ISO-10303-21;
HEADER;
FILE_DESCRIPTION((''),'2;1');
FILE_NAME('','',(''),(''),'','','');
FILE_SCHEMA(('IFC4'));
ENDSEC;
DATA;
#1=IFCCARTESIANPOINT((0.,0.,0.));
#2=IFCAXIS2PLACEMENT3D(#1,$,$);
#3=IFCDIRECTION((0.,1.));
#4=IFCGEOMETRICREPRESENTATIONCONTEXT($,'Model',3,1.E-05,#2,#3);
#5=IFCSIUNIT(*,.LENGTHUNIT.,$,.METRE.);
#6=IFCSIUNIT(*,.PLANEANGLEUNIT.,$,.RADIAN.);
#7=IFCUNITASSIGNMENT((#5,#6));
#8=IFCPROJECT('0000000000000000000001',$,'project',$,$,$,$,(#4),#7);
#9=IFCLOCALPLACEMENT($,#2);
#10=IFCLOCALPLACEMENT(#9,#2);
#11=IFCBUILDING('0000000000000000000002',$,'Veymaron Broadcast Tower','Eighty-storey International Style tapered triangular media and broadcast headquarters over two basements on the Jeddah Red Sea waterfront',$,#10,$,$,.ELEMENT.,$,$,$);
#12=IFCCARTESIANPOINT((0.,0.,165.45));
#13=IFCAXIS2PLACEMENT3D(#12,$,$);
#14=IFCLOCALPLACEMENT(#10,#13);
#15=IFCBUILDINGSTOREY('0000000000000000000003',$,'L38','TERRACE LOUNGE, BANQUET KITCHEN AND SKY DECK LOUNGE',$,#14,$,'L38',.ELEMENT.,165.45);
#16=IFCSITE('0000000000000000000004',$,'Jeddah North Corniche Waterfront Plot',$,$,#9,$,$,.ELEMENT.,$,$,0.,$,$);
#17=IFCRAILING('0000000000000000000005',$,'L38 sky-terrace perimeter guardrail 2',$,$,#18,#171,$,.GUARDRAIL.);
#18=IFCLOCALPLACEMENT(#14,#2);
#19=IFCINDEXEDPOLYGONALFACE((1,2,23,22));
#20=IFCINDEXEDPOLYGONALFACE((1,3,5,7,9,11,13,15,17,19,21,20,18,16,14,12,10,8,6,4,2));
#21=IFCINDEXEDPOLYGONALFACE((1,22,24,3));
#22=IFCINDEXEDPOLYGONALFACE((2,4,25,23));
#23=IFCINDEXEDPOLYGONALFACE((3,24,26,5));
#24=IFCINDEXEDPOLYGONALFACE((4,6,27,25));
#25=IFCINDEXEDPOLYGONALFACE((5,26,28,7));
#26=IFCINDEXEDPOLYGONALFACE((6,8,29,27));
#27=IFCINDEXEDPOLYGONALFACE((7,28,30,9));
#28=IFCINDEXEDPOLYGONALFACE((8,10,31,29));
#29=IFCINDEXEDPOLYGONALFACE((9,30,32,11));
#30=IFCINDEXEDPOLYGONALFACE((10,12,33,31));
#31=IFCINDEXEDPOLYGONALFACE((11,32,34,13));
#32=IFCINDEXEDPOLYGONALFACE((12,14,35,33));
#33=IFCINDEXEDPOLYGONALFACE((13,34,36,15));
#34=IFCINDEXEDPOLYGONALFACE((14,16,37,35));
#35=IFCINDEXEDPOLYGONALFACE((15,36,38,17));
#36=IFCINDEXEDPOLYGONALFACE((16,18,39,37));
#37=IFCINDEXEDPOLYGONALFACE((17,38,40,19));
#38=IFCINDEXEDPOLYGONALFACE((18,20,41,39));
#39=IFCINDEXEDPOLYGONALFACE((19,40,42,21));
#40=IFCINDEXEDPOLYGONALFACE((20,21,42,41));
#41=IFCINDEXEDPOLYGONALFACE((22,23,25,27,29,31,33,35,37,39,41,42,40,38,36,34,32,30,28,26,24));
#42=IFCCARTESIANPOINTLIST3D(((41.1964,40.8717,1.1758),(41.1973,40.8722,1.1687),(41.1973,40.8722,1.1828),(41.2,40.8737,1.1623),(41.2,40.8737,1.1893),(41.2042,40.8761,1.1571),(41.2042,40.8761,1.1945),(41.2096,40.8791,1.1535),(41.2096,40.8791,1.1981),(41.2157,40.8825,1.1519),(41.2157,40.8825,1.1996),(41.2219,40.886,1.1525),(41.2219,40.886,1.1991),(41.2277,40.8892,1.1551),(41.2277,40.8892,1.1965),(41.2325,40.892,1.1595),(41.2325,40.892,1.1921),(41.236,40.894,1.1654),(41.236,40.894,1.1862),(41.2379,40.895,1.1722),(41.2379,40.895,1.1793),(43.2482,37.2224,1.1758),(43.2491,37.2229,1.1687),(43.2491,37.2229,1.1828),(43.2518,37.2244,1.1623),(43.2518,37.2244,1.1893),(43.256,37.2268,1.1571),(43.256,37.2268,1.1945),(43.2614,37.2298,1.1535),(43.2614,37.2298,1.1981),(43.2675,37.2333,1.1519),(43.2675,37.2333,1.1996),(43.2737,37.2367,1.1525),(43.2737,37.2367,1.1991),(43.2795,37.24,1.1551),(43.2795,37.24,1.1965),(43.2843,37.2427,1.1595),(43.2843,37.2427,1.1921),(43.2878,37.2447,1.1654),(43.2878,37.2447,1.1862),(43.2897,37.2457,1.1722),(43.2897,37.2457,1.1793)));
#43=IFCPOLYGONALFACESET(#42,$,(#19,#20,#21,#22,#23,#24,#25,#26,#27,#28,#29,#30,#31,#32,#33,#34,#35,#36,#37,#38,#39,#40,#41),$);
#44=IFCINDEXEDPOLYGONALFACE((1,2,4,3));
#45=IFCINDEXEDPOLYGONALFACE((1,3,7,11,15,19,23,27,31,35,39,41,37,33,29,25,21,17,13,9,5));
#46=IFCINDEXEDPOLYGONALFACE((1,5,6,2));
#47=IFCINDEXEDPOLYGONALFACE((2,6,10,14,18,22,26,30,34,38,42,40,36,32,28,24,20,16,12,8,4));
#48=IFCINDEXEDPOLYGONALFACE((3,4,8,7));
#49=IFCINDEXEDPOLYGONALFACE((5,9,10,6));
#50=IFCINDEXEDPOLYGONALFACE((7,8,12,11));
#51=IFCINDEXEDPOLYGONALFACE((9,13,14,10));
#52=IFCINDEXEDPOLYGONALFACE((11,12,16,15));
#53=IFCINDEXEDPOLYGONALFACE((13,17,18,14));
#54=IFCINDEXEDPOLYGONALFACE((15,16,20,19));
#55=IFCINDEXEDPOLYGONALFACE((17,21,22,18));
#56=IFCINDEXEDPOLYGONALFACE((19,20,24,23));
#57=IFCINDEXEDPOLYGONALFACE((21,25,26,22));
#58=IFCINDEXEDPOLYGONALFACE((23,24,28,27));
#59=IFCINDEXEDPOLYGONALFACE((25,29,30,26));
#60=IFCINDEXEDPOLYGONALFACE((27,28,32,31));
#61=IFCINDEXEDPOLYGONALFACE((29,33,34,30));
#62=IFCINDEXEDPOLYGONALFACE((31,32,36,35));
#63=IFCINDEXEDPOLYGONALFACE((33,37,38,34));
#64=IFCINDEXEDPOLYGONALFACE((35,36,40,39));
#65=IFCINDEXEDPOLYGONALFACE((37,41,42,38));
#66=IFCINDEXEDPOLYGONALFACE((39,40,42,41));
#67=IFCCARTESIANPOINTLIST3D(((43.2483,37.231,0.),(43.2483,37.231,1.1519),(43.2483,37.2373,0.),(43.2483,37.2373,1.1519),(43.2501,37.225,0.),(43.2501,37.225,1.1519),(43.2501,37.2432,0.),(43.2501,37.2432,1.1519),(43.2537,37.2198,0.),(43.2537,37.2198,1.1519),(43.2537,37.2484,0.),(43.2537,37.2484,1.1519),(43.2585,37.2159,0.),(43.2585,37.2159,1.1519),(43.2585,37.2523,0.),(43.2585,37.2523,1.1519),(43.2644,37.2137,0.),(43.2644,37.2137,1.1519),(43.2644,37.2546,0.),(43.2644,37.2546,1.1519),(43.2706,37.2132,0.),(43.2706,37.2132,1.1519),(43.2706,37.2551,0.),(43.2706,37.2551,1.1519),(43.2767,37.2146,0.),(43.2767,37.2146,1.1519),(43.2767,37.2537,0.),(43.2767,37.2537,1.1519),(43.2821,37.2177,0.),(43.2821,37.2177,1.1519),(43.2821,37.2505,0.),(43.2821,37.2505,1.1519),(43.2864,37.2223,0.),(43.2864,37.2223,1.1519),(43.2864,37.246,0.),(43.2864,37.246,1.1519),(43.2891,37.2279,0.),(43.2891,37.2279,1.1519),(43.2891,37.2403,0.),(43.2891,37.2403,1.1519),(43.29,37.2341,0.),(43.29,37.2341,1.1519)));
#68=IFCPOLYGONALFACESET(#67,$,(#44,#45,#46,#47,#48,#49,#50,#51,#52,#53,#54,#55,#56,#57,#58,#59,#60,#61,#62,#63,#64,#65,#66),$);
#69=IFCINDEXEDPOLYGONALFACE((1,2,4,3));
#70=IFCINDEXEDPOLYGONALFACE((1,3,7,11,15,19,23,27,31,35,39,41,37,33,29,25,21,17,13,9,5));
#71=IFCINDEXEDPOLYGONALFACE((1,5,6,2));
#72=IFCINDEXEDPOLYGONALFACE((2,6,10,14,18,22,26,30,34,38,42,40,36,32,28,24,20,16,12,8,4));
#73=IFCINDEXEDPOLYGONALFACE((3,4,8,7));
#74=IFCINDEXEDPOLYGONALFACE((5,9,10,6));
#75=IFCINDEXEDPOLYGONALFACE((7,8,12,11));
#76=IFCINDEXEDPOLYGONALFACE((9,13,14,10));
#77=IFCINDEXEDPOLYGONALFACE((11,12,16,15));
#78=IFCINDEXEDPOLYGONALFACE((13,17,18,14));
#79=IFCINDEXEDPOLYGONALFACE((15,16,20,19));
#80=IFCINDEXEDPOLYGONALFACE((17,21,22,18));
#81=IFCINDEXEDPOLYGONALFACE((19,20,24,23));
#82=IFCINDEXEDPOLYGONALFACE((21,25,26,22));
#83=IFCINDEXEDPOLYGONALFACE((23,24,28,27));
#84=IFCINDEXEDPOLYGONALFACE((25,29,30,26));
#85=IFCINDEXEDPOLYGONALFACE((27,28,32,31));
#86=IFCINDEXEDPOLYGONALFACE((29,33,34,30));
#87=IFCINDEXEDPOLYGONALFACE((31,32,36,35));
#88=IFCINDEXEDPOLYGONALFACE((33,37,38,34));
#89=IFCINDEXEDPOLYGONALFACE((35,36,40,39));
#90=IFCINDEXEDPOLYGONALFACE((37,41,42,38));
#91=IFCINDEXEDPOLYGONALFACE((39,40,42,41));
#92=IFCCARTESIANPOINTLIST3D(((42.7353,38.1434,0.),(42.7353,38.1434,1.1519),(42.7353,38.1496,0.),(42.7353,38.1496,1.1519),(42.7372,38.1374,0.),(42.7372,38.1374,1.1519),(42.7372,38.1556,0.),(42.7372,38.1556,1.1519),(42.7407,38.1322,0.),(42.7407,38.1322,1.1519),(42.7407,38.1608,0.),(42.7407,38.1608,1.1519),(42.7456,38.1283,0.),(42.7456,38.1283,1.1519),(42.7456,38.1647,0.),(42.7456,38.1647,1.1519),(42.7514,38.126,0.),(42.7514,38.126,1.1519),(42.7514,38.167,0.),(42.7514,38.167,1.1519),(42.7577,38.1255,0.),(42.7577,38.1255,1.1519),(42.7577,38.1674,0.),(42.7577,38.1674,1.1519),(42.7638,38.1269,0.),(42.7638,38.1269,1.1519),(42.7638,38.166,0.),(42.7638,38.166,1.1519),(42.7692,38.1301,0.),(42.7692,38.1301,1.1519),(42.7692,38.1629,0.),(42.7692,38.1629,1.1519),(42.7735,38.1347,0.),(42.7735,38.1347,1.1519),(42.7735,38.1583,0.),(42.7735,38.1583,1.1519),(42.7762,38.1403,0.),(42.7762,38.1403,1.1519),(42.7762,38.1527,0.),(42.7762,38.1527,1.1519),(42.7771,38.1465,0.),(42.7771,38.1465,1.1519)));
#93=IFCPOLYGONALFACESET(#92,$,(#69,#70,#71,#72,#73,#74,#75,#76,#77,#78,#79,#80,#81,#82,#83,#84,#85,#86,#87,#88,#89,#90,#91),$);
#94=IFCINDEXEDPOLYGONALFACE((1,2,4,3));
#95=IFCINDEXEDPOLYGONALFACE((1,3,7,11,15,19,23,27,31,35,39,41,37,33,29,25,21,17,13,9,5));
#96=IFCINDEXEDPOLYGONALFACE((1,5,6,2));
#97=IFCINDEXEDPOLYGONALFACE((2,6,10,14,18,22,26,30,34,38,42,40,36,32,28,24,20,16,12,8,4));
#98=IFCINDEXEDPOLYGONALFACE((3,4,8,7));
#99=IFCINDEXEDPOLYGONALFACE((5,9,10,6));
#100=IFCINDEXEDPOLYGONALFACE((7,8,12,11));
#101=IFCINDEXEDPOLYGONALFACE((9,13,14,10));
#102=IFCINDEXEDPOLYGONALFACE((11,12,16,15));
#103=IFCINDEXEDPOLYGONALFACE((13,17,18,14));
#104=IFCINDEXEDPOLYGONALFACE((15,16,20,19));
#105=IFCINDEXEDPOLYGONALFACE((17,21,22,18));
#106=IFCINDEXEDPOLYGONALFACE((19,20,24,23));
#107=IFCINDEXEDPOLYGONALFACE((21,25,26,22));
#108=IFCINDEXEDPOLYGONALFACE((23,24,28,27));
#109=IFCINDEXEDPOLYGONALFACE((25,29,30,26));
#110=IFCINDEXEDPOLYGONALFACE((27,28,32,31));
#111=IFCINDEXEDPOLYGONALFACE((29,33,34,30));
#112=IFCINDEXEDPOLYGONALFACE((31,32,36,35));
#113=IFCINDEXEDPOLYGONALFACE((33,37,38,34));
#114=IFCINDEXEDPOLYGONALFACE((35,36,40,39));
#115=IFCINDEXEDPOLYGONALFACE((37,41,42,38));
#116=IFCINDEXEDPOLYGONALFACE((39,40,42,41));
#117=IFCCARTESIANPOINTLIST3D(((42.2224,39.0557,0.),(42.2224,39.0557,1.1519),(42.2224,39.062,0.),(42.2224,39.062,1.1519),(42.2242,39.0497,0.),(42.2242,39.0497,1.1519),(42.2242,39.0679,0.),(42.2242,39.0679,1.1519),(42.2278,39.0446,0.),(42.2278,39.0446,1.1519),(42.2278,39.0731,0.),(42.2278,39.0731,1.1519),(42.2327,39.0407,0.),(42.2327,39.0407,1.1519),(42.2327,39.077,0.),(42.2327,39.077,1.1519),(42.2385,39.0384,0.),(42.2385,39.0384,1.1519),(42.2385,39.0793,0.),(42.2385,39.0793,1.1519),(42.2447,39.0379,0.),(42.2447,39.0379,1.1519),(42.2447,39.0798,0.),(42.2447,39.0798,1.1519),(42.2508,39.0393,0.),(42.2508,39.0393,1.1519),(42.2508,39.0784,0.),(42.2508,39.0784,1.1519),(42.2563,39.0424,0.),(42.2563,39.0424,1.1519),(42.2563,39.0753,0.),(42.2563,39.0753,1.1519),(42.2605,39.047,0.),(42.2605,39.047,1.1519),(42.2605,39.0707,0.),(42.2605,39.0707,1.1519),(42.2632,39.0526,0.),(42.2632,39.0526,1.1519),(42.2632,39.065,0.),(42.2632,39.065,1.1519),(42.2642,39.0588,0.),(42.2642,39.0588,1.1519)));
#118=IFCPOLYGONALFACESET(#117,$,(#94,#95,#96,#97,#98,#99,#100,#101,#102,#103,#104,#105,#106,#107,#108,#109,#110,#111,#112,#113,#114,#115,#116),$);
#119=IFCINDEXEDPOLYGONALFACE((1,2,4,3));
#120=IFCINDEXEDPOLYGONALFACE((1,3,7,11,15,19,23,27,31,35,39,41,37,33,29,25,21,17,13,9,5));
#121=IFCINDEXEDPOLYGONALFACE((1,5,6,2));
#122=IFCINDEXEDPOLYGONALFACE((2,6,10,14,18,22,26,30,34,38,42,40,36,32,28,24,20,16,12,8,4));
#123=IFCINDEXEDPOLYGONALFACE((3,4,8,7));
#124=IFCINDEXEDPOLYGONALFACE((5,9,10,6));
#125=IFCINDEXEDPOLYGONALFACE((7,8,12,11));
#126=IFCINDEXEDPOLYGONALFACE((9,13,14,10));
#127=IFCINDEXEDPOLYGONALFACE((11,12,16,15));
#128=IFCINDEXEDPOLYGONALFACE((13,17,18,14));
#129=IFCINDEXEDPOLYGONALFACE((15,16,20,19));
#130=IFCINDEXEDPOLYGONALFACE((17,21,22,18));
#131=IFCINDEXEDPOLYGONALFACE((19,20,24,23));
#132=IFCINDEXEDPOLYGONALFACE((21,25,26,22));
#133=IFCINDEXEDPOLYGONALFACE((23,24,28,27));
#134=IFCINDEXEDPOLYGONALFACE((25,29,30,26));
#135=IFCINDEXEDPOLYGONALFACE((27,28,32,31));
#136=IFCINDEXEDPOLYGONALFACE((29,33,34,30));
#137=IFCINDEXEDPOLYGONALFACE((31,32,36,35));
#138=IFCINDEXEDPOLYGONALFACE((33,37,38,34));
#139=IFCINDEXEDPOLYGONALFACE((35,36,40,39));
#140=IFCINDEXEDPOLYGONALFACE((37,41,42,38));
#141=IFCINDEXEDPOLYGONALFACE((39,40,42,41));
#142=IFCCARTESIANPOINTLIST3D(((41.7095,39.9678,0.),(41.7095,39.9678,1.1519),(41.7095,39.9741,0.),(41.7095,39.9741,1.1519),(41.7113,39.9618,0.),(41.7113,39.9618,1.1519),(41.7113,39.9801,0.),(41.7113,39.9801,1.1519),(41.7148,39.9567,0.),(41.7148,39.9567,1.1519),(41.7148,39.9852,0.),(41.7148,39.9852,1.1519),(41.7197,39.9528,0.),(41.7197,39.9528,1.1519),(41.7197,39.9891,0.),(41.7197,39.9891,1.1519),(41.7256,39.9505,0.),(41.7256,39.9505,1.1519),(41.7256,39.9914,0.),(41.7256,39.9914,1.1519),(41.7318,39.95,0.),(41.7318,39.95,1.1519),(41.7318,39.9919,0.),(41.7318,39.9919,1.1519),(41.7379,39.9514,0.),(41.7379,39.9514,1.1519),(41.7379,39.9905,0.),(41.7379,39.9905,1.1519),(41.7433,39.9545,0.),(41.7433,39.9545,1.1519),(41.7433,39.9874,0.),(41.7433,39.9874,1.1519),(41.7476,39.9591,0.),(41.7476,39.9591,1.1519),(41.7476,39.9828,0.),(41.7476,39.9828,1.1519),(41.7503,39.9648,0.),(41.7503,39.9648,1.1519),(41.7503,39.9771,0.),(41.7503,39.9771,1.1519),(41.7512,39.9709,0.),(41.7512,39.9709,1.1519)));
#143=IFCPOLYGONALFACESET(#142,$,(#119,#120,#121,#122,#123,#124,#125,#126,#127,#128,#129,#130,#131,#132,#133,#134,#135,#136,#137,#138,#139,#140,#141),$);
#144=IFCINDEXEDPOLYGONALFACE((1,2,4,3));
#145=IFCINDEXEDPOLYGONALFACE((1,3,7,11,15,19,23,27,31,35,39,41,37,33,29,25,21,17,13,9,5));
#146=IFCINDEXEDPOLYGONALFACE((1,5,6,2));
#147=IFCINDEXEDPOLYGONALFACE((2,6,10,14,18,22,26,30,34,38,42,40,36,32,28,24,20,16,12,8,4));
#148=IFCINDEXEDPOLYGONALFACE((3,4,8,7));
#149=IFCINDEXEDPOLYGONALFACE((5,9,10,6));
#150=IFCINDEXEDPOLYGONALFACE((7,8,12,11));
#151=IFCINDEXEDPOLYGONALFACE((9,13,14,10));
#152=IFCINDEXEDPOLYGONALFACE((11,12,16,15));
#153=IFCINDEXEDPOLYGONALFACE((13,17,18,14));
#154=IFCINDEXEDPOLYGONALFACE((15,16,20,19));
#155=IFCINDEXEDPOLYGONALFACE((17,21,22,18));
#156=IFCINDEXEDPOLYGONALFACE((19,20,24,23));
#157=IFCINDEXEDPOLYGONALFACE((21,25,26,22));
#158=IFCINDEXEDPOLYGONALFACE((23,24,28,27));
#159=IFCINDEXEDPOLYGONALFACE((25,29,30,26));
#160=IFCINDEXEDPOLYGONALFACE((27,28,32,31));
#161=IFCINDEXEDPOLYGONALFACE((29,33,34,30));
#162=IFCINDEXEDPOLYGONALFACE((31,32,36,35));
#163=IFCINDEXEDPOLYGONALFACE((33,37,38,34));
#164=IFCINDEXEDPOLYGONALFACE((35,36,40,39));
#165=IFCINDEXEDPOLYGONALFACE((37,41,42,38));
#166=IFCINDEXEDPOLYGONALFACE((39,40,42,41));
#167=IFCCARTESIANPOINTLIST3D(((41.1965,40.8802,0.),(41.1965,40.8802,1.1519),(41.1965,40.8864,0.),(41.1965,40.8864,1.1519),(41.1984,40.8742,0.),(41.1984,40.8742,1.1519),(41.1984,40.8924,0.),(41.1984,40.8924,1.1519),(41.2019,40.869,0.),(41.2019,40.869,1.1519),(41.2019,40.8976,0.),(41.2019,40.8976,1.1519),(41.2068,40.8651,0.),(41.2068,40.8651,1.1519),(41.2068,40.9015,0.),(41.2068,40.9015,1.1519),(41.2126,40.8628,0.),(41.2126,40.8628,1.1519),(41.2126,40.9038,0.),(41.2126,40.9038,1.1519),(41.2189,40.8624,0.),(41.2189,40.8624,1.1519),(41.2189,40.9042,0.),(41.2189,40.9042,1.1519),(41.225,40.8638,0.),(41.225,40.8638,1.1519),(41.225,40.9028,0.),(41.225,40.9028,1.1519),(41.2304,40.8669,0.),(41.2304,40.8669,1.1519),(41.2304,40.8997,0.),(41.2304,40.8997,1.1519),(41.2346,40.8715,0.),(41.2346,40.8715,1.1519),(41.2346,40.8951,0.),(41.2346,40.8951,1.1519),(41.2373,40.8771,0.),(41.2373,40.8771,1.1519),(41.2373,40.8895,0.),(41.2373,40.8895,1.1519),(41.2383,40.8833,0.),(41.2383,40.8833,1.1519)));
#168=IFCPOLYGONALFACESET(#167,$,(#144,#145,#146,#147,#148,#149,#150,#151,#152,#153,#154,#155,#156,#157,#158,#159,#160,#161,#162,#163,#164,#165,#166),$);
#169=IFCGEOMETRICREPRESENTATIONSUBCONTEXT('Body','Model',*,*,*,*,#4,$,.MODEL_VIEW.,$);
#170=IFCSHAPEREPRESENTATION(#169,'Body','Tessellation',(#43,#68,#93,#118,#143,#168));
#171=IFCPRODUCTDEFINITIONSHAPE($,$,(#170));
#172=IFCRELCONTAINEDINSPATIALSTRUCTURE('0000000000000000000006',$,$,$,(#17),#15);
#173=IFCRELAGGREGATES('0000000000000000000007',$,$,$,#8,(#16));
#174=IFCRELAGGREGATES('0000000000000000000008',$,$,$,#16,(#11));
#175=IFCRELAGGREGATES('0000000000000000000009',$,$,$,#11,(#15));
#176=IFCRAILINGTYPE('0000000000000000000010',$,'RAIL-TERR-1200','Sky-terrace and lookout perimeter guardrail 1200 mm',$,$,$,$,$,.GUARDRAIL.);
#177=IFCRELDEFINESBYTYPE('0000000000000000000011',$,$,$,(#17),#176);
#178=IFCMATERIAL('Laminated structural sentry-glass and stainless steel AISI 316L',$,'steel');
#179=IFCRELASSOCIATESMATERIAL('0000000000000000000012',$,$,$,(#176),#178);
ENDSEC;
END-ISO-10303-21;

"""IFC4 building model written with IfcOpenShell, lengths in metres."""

from ifc_helpers import new_model, si_unit, direction, frame, origin, origin_2d, place, context, subcontext, project, spatial, circle, extrude, material, type_object, element, save


model = new_model("IFC4")

# Units and contexts
model_context = context("Model", 3, precision=1e-05, world=origin(), true_north=direction((0.0, 1.0)))
body_context = subcontext(model_context, "Body", "Model", "MODEL_VIEW")
ifc_project = project(units=[si_unit("LENGTHUNIT", "METRE"), si_unit("PLANEANGLEUNIT", "RADIAN")], contexts=[model_context])

# Site, building, storey
site_placement = place(None, origin())
site = spatial("IfcSite", under=ifc_project, at=site_placement, Name="Jeddah North Corniche Waterfront Plot", CompositionType="ELEMENT", RefElevation=0.0)
building_placement = place(site_placement, origin())
building = spatial("IfcBuilding", under=site, at=building_placement, Name="Veymaron Broadcast Tower", Description="Eighty-storey International Style tapered triangular media and broadcast headquarters over two basements on the Jeddah Red Sea waterfront", CompositionType="ELEMENT")
storey_placement = place(building_placement, frame((0.0, 0.0, 165.45)))
storey = spatial("IfcBuildingStorey", under=building, at=storey_placement, Name="L38", Description="TERRACE LOUNGE, BANQUET KITCHEN AND SKY DECK LOUNGE", LongName="L38", CompositionType="ELEMENT", Elevation=165.45)

# Railing
ifc_material_1 = material(Name="Laminated structural sentry-glass and stainless steel AISI 316L", Category="steel")
railing_type_1 = type_object("IfcRailingType", Name="RAIL-TERR-1200", Description="Sky-terrace and lookout perimeter guardrail 1200 mm", PredefinedType="GUARDRAIL", material=ifc_material_1)
railing_1_placement = place(storey_placement, frame((43.269, 37.2341, 0.0)))
element("IfcRailing", 1, at=railing_1_placement, inside=storey, type_object=railing_type_1, Name="L38 sky-terrace perimeter guardrail 2", PredefinedType="GUARDRAIL", context=body_context, shape_type="SweptSolid", body=[
    extrude(circle(Radius=0.0239, at=origin_2d()), frame((0.0, 0.0, 1.1758), z_axis=(-0.490098, 0.871667, 0.0), x_axis=(-0.871667, -0.490098, 0.0)), (0.0, 0.0, 1.0), 4.1865),
    extrude(circle(Radius=0.021, at=origin_2d()), origin(), (0.0, 0.0, 1.0), 1.1519),
    extrude(circle(Radius=0.021, at=origin_2d()), frame((-0.5129, 0.9124, 0.0)), (0.0, 0.0, 1.0), 1.1519),
    extrude(circle(Radius=0.021, at=origin_2d()), frame((-1.0259, 1.8247, 0.0)), (0.0, 0.0, 1.0), 1.1519),
    extrude(circle(Radius=0.021, at=origin_2d()), frame((-1.5388, 2.7368, 0.0)), (0.0, 0.0, 1.0), 1.1519),
    extrude(circle(Radius=0.021, at=origin_2d()), frame((-2.0518, 3.6492, 0.0)), (0.0, 0.0, 1.0), 1.1519),
])

save(model, "model.ifc")
